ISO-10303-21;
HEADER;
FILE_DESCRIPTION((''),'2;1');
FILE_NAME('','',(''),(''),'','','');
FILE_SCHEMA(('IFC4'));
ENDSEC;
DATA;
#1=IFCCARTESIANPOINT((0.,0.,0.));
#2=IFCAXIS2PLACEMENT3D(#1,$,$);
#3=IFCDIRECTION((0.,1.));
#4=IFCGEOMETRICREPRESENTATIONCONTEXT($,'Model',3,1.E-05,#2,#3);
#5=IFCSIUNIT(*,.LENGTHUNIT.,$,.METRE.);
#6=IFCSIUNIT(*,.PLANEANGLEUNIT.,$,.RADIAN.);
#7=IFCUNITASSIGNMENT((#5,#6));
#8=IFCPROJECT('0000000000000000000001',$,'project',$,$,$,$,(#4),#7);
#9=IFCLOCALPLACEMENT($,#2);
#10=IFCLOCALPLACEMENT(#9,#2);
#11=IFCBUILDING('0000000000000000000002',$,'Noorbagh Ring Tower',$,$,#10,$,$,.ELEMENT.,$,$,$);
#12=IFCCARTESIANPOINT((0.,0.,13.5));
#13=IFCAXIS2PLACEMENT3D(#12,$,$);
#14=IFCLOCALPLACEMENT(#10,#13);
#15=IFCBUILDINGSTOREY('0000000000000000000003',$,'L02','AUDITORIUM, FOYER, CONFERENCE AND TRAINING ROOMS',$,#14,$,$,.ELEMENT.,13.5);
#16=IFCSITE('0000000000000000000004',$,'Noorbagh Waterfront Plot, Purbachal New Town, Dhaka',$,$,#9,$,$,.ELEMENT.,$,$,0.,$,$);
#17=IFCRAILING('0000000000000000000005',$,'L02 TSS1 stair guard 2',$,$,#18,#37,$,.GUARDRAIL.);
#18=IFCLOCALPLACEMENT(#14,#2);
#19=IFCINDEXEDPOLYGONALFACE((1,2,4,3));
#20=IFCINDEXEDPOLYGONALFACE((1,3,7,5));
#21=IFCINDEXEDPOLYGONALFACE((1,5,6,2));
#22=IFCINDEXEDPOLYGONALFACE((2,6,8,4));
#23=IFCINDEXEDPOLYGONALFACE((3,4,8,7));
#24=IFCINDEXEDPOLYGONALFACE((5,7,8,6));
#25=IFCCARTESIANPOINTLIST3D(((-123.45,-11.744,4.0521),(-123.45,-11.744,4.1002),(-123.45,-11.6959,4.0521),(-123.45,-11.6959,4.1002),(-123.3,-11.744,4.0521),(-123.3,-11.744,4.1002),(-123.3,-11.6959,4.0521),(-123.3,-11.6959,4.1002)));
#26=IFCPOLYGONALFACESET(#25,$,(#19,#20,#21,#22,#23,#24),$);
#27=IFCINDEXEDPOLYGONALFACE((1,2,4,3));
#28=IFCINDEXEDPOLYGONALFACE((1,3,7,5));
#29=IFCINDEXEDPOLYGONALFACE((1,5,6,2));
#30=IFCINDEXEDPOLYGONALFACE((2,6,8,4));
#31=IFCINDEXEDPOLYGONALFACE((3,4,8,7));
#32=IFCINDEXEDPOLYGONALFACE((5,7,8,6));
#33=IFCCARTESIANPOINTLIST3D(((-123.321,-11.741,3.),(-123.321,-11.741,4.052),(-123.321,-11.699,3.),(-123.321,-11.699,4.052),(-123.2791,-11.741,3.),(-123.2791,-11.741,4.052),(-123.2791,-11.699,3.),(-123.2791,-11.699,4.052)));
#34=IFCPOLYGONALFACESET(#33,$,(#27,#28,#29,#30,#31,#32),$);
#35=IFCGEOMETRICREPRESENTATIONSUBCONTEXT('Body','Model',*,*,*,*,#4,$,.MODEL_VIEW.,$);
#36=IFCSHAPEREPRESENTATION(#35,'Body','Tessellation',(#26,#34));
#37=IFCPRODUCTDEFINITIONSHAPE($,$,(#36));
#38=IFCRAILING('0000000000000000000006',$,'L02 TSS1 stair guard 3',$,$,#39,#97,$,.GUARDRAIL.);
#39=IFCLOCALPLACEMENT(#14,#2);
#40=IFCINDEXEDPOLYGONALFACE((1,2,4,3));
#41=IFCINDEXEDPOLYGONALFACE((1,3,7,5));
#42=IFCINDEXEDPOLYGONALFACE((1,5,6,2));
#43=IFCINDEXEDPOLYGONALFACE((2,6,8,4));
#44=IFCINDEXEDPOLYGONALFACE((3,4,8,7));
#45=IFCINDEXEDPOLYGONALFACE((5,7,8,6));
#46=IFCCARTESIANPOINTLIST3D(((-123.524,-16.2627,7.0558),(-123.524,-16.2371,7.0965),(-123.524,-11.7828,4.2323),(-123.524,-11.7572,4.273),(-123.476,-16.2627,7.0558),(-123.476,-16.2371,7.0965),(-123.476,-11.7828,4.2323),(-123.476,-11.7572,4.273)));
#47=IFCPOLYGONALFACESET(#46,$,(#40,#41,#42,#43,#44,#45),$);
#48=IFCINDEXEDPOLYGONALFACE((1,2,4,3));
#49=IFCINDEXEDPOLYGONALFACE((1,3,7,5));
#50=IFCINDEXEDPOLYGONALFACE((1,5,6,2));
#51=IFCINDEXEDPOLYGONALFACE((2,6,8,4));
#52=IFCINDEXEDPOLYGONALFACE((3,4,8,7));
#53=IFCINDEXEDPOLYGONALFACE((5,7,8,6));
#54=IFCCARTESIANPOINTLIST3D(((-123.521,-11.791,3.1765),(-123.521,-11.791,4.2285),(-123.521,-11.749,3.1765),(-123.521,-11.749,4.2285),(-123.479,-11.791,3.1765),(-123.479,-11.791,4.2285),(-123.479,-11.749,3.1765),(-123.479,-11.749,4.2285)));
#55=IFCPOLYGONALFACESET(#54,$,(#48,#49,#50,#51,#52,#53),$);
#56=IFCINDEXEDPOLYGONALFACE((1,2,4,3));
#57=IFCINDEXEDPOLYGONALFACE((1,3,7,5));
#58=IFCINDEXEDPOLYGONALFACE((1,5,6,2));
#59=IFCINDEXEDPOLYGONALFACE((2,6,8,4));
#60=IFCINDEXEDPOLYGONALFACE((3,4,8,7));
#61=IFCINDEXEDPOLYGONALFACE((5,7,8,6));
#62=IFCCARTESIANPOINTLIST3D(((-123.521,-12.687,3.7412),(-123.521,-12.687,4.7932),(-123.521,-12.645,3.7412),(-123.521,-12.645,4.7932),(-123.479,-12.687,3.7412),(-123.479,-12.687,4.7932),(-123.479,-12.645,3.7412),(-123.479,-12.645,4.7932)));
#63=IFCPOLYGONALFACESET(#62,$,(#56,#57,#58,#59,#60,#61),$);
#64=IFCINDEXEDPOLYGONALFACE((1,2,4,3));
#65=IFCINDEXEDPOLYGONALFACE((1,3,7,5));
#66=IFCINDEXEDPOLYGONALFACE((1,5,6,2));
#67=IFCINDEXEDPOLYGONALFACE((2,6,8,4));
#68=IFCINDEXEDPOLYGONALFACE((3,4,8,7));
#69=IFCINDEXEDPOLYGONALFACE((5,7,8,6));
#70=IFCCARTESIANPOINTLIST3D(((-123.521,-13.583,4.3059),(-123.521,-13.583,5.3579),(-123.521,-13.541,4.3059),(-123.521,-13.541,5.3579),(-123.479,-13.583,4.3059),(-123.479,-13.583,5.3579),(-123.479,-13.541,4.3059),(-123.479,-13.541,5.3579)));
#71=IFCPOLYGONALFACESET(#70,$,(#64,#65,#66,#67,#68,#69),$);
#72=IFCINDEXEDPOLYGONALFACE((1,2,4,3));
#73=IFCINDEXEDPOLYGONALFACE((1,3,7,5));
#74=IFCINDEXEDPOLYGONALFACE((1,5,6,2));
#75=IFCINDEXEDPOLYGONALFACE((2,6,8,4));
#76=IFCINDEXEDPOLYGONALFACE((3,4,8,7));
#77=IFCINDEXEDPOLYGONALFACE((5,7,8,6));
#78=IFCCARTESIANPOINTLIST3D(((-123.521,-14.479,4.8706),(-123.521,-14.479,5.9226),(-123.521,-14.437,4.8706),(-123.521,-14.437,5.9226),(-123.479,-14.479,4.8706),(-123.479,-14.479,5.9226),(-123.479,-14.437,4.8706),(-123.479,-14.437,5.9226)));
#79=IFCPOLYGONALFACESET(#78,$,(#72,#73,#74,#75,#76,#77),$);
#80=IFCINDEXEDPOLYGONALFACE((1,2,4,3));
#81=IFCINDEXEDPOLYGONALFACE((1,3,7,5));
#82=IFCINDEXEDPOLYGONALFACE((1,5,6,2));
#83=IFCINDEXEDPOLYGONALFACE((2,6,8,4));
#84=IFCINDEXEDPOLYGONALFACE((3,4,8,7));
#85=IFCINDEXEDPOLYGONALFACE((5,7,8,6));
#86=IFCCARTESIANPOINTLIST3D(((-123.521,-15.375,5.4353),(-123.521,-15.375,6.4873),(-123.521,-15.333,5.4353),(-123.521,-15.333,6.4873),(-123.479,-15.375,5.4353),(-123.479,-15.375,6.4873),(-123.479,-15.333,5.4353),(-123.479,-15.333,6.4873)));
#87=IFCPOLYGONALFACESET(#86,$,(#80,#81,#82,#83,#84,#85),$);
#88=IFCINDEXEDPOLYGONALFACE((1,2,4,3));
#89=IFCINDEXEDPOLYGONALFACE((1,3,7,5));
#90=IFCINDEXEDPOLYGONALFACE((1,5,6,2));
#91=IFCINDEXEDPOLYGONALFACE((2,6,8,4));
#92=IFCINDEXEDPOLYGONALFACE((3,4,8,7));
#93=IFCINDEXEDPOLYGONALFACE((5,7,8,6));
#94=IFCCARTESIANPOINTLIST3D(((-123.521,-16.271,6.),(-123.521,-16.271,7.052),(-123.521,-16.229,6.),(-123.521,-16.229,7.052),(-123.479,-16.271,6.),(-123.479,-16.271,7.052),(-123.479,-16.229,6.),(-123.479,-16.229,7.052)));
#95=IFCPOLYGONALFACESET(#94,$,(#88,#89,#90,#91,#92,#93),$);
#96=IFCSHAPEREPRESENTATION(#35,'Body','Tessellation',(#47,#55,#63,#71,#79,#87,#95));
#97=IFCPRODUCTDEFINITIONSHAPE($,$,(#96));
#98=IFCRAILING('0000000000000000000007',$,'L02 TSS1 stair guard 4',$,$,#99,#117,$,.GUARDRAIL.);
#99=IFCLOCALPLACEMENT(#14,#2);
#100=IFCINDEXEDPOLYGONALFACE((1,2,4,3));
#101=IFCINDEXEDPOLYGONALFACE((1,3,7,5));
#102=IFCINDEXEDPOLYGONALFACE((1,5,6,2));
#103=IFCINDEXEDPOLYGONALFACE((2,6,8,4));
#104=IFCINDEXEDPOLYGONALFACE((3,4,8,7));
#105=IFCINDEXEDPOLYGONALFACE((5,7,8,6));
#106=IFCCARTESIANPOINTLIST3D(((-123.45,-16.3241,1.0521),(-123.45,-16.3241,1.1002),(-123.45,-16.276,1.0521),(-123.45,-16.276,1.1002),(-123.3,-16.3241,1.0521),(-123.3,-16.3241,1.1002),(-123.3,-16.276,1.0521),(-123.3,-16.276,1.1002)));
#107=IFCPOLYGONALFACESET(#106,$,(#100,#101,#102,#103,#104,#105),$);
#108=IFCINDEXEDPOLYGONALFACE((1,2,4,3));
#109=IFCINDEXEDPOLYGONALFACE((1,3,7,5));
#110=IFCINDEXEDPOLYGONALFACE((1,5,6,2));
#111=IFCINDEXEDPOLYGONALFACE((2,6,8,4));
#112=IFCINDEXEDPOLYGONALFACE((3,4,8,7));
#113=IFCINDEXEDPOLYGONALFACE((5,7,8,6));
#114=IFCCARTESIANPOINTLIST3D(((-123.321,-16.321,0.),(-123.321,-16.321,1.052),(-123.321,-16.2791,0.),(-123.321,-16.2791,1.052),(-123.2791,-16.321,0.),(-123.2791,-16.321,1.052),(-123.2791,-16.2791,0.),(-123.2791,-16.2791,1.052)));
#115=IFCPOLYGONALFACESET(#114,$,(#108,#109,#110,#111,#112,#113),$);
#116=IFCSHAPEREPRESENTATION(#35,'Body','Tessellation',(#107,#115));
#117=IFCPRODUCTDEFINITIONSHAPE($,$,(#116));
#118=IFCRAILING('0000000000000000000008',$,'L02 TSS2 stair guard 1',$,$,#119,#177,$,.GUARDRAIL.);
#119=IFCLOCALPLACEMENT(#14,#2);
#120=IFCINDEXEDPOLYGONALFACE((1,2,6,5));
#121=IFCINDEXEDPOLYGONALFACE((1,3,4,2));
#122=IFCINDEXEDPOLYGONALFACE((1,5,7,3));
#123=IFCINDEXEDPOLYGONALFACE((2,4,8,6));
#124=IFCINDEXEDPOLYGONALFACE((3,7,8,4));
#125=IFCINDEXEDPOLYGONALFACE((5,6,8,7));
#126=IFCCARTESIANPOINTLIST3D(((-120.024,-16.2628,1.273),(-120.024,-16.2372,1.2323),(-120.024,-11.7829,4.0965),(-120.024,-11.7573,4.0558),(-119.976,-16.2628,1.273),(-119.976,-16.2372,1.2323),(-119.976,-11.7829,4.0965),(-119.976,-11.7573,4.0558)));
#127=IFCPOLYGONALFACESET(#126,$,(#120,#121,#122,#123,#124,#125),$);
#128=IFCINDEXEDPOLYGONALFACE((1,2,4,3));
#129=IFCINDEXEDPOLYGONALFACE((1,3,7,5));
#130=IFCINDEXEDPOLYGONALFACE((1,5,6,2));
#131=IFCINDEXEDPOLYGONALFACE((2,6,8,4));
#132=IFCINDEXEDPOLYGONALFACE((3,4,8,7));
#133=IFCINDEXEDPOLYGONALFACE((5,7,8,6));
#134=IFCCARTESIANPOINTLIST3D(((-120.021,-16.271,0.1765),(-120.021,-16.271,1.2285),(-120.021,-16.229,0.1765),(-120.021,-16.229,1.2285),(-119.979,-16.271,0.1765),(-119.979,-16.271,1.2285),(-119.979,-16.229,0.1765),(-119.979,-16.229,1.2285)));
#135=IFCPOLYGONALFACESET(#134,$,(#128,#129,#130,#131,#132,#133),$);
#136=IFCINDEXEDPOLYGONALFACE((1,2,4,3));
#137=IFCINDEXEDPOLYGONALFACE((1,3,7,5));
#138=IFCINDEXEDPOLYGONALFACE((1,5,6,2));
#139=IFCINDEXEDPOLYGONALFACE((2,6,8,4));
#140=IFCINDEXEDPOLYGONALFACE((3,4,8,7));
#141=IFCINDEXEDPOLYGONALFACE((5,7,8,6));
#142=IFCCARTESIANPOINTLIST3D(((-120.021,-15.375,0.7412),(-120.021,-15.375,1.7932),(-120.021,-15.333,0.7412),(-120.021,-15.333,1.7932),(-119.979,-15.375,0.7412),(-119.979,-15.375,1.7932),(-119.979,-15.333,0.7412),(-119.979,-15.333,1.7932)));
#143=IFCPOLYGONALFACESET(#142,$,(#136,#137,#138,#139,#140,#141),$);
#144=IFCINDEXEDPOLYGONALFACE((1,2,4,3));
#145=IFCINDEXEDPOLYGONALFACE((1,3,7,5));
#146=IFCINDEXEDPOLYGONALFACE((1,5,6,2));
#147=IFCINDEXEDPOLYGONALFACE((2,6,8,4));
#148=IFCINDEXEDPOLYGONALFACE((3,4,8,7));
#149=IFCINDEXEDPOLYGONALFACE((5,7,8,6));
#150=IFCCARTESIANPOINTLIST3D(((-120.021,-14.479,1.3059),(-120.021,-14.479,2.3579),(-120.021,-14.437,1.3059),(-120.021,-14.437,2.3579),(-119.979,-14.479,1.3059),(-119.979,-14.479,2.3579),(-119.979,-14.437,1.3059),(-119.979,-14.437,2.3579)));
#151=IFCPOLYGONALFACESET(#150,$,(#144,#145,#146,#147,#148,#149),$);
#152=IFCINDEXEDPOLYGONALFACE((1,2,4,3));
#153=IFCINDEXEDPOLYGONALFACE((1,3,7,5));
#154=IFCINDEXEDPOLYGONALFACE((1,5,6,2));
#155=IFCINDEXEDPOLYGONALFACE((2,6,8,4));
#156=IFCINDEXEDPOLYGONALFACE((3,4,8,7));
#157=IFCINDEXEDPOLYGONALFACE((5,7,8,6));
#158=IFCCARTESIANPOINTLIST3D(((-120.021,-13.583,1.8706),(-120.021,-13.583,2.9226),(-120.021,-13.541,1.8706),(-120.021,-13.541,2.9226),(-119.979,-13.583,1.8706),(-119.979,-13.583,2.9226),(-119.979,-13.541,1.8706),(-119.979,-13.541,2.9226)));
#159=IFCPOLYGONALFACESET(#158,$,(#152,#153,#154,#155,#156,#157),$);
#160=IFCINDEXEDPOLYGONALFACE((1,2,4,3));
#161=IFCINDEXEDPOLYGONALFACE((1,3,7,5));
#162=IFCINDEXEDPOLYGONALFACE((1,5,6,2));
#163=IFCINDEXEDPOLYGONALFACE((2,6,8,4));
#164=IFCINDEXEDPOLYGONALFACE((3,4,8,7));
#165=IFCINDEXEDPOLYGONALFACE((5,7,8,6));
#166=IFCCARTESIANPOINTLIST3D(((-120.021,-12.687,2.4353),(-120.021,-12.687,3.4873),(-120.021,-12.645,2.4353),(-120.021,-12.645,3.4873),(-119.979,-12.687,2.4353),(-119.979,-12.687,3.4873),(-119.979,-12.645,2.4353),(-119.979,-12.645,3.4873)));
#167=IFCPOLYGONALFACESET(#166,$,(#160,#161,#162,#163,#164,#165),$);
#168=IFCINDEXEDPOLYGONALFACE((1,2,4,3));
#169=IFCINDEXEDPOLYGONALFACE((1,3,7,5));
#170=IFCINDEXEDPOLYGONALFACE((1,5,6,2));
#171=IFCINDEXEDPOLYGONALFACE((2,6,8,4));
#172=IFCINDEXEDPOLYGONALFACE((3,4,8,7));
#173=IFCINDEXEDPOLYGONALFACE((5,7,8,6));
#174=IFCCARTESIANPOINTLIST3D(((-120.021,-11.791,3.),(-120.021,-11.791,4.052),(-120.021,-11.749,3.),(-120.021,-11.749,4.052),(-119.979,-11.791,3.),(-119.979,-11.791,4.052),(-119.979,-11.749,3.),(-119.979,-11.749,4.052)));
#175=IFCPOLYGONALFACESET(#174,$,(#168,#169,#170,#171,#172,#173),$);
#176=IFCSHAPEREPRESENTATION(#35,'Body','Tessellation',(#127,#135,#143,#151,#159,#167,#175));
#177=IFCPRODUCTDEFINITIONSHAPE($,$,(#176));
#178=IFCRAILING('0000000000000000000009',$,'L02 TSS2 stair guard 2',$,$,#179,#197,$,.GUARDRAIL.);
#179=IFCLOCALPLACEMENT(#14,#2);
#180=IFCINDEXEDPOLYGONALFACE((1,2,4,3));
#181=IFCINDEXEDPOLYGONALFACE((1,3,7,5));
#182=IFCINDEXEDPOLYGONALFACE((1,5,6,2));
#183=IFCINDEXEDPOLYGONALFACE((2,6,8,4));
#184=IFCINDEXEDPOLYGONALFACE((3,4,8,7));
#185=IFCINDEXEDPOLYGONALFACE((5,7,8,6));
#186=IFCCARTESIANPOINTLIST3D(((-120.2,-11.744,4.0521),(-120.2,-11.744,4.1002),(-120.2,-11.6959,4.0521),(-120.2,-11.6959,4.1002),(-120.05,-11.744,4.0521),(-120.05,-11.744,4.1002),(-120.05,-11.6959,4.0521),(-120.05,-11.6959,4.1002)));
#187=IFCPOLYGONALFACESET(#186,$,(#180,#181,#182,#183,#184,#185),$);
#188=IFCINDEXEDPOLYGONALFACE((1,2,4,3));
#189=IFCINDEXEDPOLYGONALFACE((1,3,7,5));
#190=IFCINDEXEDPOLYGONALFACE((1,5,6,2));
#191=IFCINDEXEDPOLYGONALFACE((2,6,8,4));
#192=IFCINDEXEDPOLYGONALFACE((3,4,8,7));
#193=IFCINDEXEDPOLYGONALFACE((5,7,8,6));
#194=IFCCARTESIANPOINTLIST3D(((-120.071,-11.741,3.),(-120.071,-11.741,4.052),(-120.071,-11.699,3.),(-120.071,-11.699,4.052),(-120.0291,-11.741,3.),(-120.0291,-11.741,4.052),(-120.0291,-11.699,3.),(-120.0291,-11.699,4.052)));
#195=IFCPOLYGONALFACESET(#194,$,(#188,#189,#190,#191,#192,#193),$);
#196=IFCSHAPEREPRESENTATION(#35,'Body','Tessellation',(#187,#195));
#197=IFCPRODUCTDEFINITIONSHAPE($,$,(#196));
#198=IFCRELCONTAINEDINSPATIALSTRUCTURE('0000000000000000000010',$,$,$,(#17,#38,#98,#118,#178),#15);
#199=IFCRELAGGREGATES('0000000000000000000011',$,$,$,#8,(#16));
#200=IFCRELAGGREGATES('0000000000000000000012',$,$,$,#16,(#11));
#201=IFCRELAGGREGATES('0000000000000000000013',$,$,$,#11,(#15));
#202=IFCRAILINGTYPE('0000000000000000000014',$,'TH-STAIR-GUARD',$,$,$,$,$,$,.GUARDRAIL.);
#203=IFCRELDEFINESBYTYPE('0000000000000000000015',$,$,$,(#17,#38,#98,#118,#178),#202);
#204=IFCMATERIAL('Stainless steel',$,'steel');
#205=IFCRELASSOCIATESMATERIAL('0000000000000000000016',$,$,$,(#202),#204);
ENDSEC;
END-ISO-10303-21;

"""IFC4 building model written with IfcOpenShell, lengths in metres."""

from ifc_helpers import new_model, si_unit, direction, frame, origin, origin_2d, place, context, subcontext, project, spatial, rectangle, extrude, material, type_object, element, save


model = new_model("IFC4")

# Units and contexts
model_context = context("Model", 3, precision=1e-05, world=origin(), true_north=direction((0.0, 1.0)))
body_context = subcontext(model_context, "Body", "Model", "MODEL_VIEW")
ifc_project = project(units=[si_unit("LENGTHUNIT", "METRE"), si_unit("PLANEANGLEUNIT", "RADIAN")], contexts=[model_context])

# Site, building, storey
site_placement = place(None, origin())
site = spatial("IfcSite", under=ifc_project, at=site_placement, Name="Noorbagh Waterfront Plot, Purbachal New Town, Dhaka", CompositionType="ELEMENT", RefElevation=0.0)
building_placement = place(site_placement, origin())
building = spatial("IfcBuilding", under=site, at=building_placement, Name="Noorbagh Ring Tower", CompositionType="ELEMENT")
storey_placement = place(building_placement, frame((0.0, 0.0, 13.5)))
storey = spatial("IfcBuildingStorey", under=building, at=storey_placement, Name="L02", Description="AUDITORIUM, FOYER, CONFERENCE AND TRAINING ROOMS", CompositionType="ELEMENT", Elevation=13.5)

# Railings
ifc_material_1 = material(Name="Stainless steel", Category="steel")
railing_type_1 = type_object("IfcRailingType", Name="TH-STAIR-GUARD", PredefinedType="GUARDRAIL", material=ifc_material_1)
railing_1_placement = place(storey_placement, frame((-123.3, -11.72, 3.0)))
element("IfcRailing", 1, at=railing_1_placement, inside=storey, type_object=railing_type_1, Name="L02 TSS1 stair guard 2", PredefinedType="GUARDRAIL", context=body_context, shape_type="SweptSolid", body=[
    extrude(rectangle(XDim=0.0481, YDim=0.0481, at=origin_2d()), frame((0.0, 0.0, 1.0762), z_axis=(-1.0, 0.0, 0.0), x_axis=(0.0, -1.0, 0.0)), (0.0, 0.0, 1.0), 0.1499),
    extrude(rectangle(XDim=0.042, YDim=0.042, at=origin_2d()), origin(), (0.0, 0.0, 1.0), 1.052),
])
railing_2_placement = place(storey_placement, frame((-123.5, -11.77, 3.1765)))
element("IfcRailing", 2, at=railing_2_placement, inside=storey, type_object=railing_type_1, Name="L02 TSS1 stair guard 3", PredefinedType="GUARDRAIL", context=body_context, shape_type="SweptSolid", body=[
    extrude(rectangle(XDim=0.0481, YDim=0.0481, at=origin_2d()), frame((0.0, 0.0, 1.0762), z_axis=(0.0, -0.845998, 0.533186), x_axis=(1.0, 0.0, 0.0)), (0.0, 0.0, 1.0), 5.2954),
    extrude(rectangle(XDim=0.042, YDim=0.042, at=origin_2d()), origin(), (0.0, 0.0, 1.0), 1.052),
    extrude(rectangle(XDim=0.042, YDim=0.042, at=origin_2d()), frame((0.0, -0.896, 0.5647)), (0.0, 0.0, 1.0), 1.052),
    extrude(rectangle(XDim=0.042, YDim=0.042, at=origin_2d()), frame((0.0, -1.792, 1.1294)), (0.0, 0.0, 1.0), 1.052),
    extrude(rectangle(XDim=0.042, YDim=0.042, at=origin_2d()), frame((0.0, -2.688, 1.6941)), (0.0, 0.0, 1.0), 1.052),
    extrude(rectangle(XDim=0.042, YDim=0.042, at=origin_2d()), frame((0.0, -3.584, 2.2588)), (0.0, 0.0, 1.0), 1.052),
    extrude(rectangle(XDim=0.042, YDim=0.042, at=origin_2d()), frame((0.0, -4.48, 2.8235)), (0.0, 0.0, 1.0), 1.052),
])
railing_3_placement = place(storey_placement, frame((-123.3, -16.3, 0.0)))
element("IfcRailing", 3, at=railing_3_placement, inside=storey, type_object=railing_type_1, Name="L02 TSS1 stair guard 4", PredefinedType="GUARDRAIL", context=body_context, shape_type="SweptSolid", body=[
    extrude(rectangle(XDim=0.0481, YDim=0.0481, at=origin_2d()), frame((0.0, 0.0, 1.0762), z_axis=(-1.0, 0.0, 0.0), x_axis=(0.0, -1.0, 0.0)), (0.0, 0.0, 1.0), 0.1499),
    extrude(rectangle(XDim=0.042, YDim=0.042, at=origin_2d()), origin(), (0.0, 0.0, 1.0), 1.052),
])
railing_4_placement = place(storey_placement, frame((-120.0, -16.25, 0.1765)))
element("IfcRailing", 4, at=railing_4_placement, inside=storey, type_object=railing_type_1, Name="L02 TSS2 stair guard 1", PredefinedType="GUARDRAIL", context=body_context, shape_type="SweptSolid", body=[
    extrude(rectangle(XDim=0.0481, YDim=0.0481, at=origin_2d()), frame((0.0, 0.0, 1.0762), z_axis=(0.0, 0.845998, 0.533186), x_axis=(-1.0, 0.0, 0.0)), (0.0, 0.0, 1.0), 5.2954),
    extrude(rectangle(XDim=0.042, YDim=0.042, at=origin_2d()), origin(), (0.0, 0.0, 1.0), 1.052),
    extrude(rectangle(XDim=0.042, YDim=0.042, at=origin_2d()), frame((0.0, 0.896, 0.5647)), (0.0, 0.0, 1.0), 1.052),
    extrude(rectangle(XDim=0.042, YDim=0.042, at=origin_2d()), frame((0.0, 1.792, 1.1294)), (0.0, 0.0, 1.0), 1.052),
    extrude(rectangle(XDim=0.042, YDim=0.042, at=origin_2d()), frame((0.0, 2.688, 1.6941)), (0.0, 0.0, 1.0), 1.052),
    extrude(rectangle(XDim=0.042, YDim=0.042, at=origin_2d()), frame((0.0, 3.584, 2.2588)), (0.0, 0.0, 1.0), 1.052),
    extrude(rectangle(XDim=0.042, YDim=0.042, at=origin_2d()), frame((0.0, 4.48, 2.8235)), (0.0, 0.0, 1.0), 1.052),
])
railing_5_placement = place(storey_placement, frame((-120.05, -11.72, 3.0)))
element("IfcRailing", 5, at=railing_5_placement, inside=storey, type_object=railing_type_1, Name="L02 TSS2 stair guard 2", PredefinedType="GUARDRAIL", context=body_context, shape_type="SweptSolid", body=[
    extrude(rectangle(XDim=0.0481, YDim=0.0481, at=origin_2d()), frame((0.0, 0.0, 1.0762), z_axis=(-1.0, 0.0, 0.0), x_axis=(0.0, -1.0, 0.0)), (0.0, 0.0, 1.0), 0.1499),
    extrude(rectangle(XDim=0.042, YDim=0.042, at=origin_2d()), origin(), (0.0, 0.0, 1.0), 1.052),
])

save(model, "model.ifc")
